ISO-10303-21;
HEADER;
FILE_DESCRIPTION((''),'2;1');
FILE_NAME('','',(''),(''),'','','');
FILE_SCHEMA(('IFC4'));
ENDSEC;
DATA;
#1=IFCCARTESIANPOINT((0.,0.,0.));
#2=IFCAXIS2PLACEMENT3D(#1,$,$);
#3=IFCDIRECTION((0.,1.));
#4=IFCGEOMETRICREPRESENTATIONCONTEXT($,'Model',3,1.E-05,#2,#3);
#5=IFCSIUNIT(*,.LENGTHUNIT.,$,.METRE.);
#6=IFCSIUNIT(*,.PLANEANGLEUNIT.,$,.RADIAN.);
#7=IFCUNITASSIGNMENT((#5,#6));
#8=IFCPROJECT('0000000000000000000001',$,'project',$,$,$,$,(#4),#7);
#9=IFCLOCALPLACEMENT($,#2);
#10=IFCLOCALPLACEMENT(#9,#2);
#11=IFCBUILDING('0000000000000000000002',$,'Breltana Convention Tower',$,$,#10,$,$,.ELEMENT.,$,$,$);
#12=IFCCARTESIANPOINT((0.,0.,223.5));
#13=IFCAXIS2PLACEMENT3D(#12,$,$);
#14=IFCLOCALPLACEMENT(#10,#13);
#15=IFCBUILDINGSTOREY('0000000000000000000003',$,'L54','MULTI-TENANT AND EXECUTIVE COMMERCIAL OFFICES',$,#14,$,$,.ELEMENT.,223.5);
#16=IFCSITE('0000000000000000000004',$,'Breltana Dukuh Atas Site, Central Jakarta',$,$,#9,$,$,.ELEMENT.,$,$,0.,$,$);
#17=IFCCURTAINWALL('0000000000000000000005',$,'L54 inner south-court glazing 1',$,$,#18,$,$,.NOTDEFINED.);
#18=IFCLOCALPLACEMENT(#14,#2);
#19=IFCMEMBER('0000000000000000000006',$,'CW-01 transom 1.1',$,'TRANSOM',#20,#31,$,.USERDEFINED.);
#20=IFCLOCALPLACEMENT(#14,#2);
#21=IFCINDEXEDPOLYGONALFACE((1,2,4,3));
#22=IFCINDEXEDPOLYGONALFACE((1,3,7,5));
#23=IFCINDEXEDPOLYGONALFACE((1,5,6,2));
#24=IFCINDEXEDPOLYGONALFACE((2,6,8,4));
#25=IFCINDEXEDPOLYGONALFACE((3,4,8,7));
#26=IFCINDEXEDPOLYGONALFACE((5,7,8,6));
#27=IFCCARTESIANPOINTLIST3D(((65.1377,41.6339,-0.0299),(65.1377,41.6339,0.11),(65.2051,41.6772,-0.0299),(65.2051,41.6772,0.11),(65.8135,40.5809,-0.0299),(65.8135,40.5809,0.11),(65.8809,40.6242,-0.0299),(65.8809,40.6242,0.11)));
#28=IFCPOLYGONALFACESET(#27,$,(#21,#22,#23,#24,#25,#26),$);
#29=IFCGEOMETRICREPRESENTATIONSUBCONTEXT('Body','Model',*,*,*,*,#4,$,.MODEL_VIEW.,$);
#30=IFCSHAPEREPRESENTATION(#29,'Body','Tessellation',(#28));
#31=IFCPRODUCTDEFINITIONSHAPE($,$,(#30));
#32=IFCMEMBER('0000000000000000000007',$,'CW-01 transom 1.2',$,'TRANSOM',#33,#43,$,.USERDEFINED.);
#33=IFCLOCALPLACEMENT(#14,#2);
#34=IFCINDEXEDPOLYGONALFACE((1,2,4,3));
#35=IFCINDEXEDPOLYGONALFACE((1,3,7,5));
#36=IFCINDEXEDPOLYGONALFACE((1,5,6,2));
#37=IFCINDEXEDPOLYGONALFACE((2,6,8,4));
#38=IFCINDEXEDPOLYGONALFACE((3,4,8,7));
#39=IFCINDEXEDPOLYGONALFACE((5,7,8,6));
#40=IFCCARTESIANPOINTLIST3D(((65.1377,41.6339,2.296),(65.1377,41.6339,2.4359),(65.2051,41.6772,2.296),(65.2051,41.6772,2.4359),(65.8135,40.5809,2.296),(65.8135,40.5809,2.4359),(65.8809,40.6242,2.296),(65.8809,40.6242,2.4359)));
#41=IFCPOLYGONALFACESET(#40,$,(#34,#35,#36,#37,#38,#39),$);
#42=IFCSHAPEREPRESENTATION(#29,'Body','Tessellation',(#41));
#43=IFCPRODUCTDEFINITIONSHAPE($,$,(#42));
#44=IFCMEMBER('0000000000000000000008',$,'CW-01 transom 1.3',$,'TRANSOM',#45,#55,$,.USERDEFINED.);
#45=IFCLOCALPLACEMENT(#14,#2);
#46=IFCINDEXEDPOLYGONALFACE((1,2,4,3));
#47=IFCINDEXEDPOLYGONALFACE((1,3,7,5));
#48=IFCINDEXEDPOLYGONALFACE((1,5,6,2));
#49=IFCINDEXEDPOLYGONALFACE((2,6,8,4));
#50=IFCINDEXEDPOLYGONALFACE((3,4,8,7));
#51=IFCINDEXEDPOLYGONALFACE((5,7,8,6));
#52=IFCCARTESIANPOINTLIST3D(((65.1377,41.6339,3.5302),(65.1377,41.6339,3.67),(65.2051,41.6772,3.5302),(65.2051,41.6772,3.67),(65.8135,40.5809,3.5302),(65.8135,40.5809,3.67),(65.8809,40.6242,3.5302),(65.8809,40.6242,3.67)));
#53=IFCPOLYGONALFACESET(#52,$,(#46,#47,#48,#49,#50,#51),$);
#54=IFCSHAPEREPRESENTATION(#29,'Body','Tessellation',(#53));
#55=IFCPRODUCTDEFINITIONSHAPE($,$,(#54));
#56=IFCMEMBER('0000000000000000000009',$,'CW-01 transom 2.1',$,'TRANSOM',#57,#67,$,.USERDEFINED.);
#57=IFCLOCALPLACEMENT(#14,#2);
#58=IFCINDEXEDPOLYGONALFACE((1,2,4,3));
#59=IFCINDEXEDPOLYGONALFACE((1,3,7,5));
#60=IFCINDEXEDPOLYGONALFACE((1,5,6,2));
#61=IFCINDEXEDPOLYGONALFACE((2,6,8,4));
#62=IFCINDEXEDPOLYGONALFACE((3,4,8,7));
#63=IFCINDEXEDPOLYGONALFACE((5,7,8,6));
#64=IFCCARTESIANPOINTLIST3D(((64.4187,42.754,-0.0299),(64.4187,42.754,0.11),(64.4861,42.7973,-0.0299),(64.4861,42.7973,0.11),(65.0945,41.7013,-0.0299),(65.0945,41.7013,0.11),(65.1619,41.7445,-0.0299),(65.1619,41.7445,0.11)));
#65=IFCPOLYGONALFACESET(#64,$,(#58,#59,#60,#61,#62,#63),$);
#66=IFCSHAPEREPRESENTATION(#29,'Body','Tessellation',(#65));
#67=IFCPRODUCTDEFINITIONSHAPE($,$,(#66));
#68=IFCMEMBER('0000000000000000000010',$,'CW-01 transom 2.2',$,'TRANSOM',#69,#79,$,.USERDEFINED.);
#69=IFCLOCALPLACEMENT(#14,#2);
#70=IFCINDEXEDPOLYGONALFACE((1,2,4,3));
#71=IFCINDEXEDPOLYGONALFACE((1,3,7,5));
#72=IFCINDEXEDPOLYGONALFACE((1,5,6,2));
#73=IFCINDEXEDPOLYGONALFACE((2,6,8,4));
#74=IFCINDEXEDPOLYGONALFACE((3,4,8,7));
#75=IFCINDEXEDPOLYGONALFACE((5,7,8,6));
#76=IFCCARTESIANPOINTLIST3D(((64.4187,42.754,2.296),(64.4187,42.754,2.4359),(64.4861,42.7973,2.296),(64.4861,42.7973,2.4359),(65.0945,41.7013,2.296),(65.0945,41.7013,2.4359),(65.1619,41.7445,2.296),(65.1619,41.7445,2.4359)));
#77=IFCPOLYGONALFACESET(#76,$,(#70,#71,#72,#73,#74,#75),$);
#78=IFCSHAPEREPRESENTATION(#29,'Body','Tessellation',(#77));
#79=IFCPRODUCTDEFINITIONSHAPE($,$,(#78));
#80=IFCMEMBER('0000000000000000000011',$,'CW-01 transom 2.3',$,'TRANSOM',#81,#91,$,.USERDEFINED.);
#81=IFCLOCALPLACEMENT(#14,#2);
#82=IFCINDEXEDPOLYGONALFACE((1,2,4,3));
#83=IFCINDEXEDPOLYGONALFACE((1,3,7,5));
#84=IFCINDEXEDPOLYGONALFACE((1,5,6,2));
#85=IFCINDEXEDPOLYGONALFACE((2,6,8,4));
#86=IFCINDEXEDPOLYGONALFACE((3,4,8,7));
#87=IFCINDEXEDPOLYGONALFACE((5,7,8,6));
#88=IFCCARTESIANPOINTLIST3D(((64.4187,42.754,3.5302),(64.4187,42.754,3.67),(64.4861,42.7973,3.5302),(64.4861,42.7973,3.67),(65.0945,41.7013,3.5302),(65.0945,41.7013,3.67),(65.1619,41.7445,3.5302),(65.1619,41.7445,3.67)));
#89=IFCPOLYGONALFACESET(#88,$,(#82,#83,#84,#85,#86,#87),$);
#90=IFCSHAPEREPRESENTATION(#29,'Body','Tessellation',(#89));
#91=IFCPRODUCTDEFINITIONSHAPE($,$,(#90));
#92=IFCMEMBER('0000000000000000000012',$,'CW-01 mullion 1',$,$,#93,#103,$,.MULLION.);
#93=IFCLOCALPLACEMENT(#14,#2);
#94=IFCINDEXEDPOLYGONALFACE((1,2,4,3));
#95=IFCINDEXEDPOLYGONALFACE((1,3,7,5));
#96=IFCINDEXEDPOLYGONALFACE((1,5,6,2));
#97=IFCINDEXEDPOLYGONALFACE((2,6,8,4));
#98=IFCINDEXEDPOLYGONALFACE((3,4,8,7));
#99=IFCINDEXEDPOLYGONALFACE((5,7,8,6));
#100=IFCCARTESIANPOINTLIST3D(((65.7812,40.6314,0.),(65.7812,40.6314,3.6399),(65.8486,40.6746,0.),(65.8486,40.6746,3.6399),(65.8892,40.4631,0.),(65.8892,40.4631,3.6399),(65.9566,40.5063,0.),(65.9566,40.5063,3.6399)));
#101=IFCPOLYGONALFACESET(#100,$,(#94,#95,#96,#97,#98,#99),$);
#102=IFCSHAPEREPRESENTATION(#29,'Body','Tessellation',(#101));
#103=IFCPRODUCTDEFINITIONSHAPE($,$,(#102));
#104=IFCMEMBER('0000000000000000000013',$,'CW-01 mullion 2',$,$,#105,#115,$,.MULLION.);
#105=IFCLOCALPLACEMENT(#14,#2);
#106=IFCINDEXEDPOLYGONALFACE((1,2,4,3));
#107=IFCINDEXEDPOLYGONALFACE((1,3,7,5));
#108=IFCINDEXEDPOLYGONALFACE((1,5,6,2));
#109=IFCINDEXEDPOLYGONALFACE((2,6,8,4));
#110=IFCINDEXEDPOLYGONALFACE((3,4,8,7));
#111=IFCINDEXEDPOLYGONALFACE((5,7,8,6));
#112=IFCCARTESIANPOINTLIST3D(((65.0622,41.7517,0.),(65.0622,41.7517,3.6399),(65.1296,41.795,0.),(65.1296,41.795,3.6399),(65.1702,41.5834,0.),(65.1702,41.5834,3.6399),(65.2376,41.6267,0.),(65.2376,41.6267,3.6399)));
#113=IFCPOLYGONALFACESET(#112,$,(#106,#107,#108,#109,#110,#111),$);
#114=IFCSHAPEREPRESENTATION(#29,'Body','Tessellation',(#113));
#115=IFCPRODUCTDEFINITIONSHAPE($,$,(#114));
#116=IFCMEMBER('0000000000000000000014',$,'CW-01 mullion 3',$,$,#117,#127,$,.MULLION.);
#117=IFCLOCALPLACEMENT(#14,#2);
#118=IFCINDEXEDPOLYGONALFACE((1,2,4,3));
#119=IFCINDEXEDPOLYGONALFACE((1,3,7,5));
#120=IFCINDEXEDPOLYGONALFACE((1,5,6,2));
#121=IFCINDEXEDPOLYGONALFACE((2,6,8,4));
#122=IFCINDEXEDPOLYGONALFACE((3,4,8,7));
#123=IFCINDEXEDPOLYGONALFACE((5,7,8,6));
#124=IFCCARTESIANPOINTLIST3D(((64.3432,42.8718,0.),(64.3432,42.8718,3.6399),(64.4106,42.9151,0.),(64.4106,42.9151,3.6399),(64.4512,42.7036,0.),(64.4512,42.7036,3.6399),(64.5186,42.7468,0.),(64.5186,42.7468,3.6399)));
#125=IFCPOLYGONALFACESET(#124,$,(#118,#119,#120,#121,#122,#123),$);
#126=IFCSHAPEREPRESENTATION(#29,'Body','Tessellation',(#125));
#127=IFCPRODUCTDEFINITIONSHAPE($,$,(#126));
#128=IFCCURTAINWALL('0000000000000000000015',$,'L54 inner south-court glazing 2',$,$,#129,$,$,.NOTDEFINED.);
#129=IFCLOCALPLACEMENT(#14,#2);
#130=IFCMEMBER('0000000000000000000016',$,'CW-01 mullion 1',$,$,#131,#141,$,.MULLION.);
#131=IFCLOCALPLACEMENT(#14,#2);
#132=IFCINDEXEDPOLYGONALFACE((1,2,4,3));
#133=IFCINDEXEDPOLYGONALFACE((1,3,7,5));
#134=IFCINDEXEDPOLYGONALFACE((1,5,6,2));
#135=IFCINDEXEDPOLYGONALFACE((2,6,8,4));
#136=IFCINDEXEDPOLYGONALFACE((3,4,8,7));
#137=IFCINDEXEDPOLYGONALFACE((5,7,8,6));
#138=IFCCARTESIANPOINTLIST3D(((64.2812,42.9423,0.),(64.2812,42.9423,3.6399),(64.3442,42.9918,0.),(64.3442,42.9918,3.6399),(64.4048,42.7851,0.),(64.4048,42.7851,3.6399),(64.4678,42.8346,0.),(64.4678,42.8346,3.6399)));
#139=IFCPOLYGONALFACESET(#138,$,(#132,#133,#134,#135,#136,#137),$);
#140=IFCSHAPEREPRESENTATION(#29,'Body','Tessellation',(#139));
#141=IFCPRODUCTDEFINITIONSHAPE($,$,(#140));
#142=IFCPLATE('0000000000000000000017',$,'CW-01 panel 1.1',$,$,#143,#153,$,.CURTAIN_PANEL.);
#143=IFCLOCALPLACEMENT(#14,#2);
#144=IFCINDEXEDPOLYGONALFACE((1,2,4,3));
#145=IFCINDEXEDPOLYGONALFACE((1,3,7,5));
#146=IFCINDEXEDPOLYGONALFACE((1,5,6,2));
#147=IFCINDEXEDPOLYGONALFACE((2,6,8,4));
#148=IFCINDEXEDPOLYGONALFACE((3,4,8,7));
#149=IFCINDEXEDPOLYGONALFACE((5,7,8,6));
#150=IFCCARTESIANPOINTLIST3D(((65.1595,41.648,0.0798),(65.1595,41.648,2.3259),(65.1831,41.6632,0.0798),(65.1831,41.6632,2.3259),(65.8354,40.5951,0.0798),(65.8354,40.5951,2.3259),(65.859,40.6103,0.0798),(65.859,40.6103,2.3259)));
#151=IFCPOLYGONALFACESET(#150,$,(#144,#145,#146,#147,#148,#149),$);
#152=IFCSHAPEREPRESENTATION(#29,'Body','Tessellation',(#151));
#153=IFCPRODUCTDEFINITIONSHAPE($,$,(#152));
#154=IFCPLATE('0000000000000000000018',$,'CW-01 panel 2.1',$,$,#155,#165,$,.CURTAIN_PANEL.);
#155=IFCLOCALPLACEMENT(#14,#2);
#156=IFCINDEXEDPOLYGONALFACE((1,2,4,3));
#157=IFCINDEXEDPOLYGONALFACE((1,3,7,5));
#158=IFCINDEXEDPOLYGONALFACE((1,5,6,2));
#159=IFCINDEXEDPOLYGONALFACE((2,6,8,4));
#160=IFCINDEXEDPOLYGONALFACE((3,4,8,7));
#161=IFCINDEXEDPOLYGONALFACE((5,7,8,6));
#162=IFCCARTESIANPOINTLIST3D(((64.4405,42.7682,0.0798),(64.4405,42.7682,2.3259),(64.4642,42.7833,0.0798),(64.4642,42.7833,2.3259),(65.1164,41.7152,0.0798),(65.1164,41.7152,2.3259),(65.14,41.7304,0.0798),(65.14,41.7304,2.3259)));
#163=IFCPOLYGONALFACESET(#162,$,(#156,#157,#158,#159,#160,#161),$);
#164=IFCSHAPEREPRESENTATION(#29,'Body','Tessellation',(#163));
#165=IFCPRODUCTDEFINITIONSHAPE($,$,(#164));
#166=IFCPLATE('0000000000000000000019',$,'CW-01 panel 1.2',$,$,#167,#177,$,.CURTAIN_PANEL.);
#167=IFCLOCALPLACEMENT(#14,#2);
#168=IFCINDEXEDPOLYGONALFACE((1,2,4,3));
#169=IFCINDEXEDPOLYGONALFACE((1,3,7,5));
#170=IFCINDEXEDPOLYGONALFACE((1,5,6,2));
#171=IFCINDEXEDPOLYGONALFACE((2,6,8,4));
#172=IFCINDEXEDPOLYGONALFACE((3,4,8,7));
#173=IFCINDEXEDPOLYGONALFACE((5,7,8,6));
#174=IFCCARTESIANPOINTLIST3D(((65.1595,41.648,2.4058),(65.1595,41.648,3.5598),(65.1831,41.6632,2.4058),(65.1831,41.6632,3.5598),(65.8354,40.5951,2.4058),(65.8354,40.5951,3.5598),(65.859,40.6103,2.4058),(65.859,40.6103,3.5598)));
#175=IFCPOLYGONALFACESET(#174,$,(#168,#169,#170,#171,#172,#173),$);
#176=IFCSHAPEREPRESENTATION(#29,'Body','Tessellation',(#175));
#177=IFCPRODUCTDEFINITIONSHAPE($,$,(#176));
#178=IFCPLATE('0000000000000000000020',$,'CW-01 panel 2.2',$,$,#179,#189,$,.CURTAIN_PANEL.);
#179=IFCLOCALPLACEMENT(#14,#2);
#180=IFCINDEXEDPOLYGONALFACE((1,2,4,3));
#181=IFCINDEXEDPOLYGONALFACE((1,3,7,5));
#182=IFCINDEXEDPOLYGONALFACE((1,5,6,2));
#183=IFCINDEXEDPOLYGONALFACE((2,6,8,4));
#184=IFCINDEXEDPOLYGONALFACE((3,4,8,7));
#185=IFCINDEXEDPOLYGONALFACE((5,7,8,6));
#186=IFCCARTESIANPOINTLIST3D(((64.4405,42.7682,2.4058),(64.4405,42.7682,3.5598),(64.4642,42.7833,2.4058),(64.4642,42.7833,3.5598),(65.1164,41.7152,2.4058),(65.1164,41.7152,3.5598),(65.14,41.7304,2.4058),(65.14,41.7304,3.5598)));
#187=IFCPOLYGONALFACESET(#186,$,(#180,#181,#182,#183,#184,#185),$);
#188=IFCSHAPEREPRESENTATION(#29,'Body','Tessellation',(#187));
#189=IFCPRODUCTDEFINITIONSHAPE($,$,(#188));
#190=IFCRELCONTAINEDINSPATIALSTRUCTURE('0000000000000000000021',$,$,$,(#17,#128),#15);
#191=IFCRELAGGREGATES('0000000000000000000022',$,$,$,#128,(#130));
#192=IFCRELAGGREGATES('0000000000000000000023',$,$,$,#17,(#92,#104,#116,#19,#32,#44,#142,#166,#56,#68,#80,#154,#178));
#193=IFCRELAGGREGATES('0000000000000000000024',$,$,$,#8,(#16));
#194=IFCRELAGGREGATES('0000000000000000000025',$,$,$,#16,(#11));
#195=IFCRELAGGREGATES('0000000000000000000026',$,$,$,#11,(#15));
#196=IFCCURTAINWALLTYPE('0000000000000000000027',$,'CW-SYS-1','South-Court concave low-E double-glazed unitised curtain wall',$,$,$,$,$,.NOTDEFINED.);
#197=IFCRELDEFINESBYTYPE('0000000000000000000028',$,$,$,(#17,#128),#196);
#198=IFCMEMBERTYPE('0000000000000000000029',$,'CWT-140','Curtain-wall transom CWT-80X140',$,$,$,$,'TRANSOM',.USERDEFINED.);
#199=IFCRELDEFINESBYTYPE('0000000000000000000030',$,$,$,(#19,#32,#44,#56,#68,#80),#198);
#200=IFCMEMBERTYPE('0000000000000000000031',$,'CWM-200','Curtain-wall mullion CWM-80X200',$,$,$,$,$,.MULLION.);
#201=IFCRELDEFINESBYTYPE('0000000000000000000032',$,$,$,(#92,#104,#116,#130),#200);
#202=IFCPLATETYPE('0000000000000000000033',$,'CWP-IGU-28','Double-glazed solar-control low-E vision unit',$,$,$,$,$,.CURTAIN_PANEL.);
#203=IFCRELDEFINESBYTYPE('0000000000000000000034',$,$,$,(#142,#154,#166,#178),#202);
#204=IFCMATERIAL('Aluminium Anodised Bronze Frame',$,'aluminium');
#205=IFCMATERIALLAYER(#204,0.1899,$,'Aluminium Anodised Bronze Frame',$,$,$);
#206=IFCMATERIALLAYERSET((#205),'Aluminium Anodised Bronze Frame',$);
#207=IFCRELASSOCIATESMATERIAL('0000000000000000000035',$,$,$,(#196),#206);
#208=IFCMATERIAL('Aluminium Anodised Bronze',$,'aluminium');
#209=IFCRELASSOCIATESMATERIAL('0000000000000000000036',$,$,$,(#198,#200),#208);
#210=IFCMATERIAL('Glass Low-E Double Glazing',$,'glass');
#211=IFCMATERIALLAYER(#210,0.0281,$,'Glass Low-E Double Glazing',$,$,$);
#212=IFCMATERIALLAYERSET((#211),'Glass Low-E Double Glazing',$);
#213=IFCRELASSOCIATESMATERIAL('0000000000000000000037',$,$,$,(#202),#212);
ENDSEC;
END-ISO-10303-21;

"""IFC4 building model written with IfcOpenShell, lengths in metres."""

from ifc_helpers import new_model, si_unit, direction, frame, origin, origin_2d, place, context, subcontext, project, spatial, rectangle, extrude, source, transform, mapped, material, layer, layer_set, material_profile, profile_set, type_object, element, aggregate, save


model = new_model("IFC4")

# Units and contexts
model_context = context("Model", 3, precision=1e-05, world=origin(), true_north=direction((0.0, 1.0)))
body_context = subcontext(model_context, "Body", "Model", "MODEL_VIEW")
ifc_project = project(units=[si_unit("LENGTHUNIT", "METRE"), si_unit("PLANEANGLEUNIT", "RADIAN")], contexts=[model_context])

# Site, building, storey
site_placement = place(None, origin())
site = spatial("IfcSite", under=ifc_project, at=site_placement, Name="Breltana Dukuh Atas Site, Central Jakarta", CompositionType="ELEMENT", RefElevation=0.0)
building_placement = place(site_placement, origin())
building = spatial("IfcBuilding", under=site, at=building_placement, Name="Breltana Convention Tower", CompositionType="ELEMENT")
storey_placement = place(building_placement, frame((0.0, 0.0, 223.5)))
storey = spatial("IfcBuildingStorey", under=building, at=storey_placement, Name="L54", Description="MULTI-TENANT AND EXECUTIVE COMMERCIAL OFFICES", CompositionType="ELEMENT", Elevation=223.5)

# Curtain wall, members
ifc_material_1 = material(Name="Aluminium Anodised Bronze Frame", Category="aluminium")
ifc_layer_1 = layer(ifc_material_1, 0.1899, Name="Aluminium Anodised Bronze Frame")
ifc_layer_set_1 = layer_set([ifc_layer_1], Name="Aluminium Anodised Bronze Frame")
curtain_wall_type = type_object("IfcCurtainWallType", Name="CW-SYS-1", Description="South-Court concave low-E double-glazed unitised curtain wall", PredefinedType="NOTDEFINED", material=ifc_layer_set_1)
curtain_wall_1_placement = place(storey_placement, origin())
curtain_wall_1 = element("IfcCurtainWall", 1, at=curtain_wall_1_placement, inside=storey, type_object=curtain_wall_type, Name="L54 inner south-court glazing 1", PredefinedType="NOTDEFINED")
ifc_material_2 = material(Name="Aluminium Anodised Bronze", Category="aluminium")
ifc_material_profile_1 = material_profile(ifc_material_2, rectangle(XDim=0.0801, YDim=0.1399, at=origin_2d()), Name="CWT-80X140")
ifc_profile_set_1 = profile_set([ifc_material_profile_1], Name="Aluminium Anodised Bronze")
member_type_1 = type_object("IfcMemberType", Name="CWT-140", Description="Curtain-wall transom CWT-80X140", ElementType="TRANSOM", PredefinedType="USERDEFINED", material=ifc_profile_set_1)
shared_shape_1 = source(origin(), body_context, "Body", "SweptSolid", [
    extrude(rectangle(XDim=0.0801, YDim=0.1399, at=origin_2d()), origin(), (0.0, 0.0, 1.0), 1.2512),
])
member_1_placement = place(storey_placement, frame((65.8472, 40.6025, 0.04), z_axis=(-0.540116, 0.84159, 0.0), x_axis=(-0.84159, -0.540116, 0.0)))
member_1 = element("IfcMember", 2, at=member_1_placement, type_object=member_type_1, Name="CW-01 transom 1.1", ObjectType="TRANSOM", PredefinedType="USERDEFINED", context=body_context, shape_type="MappedRepresentation", body=[
    mapped(shared_shape_1, transform((0.0, 0.0, 0.0), scale=1.0)),
])
member_2_placement = place(storey_placement, frame((65.8472, 40.6025, 2.366), z_axis=(-0.540116, 0.84159, 0.0), x_axis=(-0.84159, -0.540116, 0.0)))
member_2 = element("IfcMember", 3, at=member_2_placement, type_object=member_type_1, Name="CW-01 transom 1.2", ObjectType="TRANSOM", PredefinedType="USERDEFINED", context=body_context, shape_type="MappedRepresentation", body=[
    mapped(shared_shape_1, transform((0.0, 0.0, 0.0), scale=1.0)),
])
member_3_placement = place(storey_placement, frame((65.8472, 40.6025, 3.6001), z_axis=(-0.540116, 0.84159, 0.0), x_axis=(-0.84159, -0.540116, 0.0)))
member_3 = element("IfcMember", 4, at=member_3_placement, type_object=member_type_1, Name="CW-01 transom 1.3", ObjectType="TRANSOM", PredefinedType="USERDEFINED", context=body_context, shape_type="MappedRepresentation", body=[
    mapped(shared_shape_1, transform((0.0, 0.0, 0.0), scale=1.0)),
])
shared_shape_2 = source(origin(), body_context, "Body", "SweptSolid", [
    extrude(rectangle(XDim=0.0801, YDim=0.1399, at=origin_2d()), origin(), (0.0, 0.0, 1.0), 1.251),
])
member_4_placement = place(storey_placement, frame((65.1282, 41.7229, 0.04), z_axis=(-0.540205, 0.841533, 0.0), x_axis=(-0.841533, -0.540205, 0.0)))
member_4 = element("IfcMember", 5, at=member_4_placement, type_object=member_type_1, Name="CW-01 transom 2.1", ObjectType="TRANSOM", PredefinedType="USERDEFINED", context=body_context, shape_type="MappedRepresentation", body=[
    mapped(shared_shape_2, transform((0.0, 0.0, 0.0), scale=1.0)),
])
member_5_placement = place(storey_placement, frame((65.1282, 41.7229, 2.366), z_axis=(-0.540205, 0.841533, 0.0), x_axis=(-0.841533, -0.540205, 0.0)))
member_5 = element("IfcMember", 6, at=member_5_placement, type_object=member_type_1, Name="CW-01 transom 2.2", ObjectType="TRANSOM", PredefinedType="USERDEFINED", context=body_context, shape_type="MappedRepresentation", body=[
    mapped(shared_shape_2, transform((0.0, 0.0, 0.0), scale=1.0)),
])
member_6_placement = place(storey_placement, frame((65.1282, 41.7229, 3.6001), z_axis=(-0.540205, 0.841533, 0.0), x_axis=(-0.841533, -0.540205, 0.0)))
member_6 = element("IfcMember", 7, at=member_6_placement, type_object=member_type_1, Name="CW-01 transom 2.3", ObjectType="TRANSOM", PredefinedType="USERDEFINED", context=body_context, shape_type="MappedRepresentation", body=[
    mapped(shared_shape_2, transform((0.0, 0.0, 0.0), scale=1.0)),
])
ifc_material_profile_2 = material_profile(ifc_material_2, rectangle(XDim=0.0801, YDim=0.2, at=origin_2d()), Name="CWM-80X200")
ifc_profile_set_2 = profile_set([ifc_material_profile_2], Name="Aluminium Anodised Bronze")
member_type_2 = type_object("IfcMemberType", Name="CWM-200", Description="Curtain-wall mullion CWM-80X200", PredefinedType="MULLION", material=ifc_profile_set_2)
shared_shape_3 = source(origin(), body_context, "Body", "SweptSolid", [
    extrude(rectangle(XDim=0.0801, YDim=0.2, at=origin_2d()), origin(), (0.0, 0.0, 1.0), 3.6399),
])
member_7_placement = place(storey_placement, frame((65.8689, 40.5688, 0.0), z_axis=(0.0, 0.0, 1.0), x_axis=(-0.841547, -0.540184, 0.0)))
member_7 = element("IfcMember", 8, at=member_7_placement, type_object=member_type_2, Name="CW-01 mullion 1", PredefinedType="MULLION", context=body_context, shape_type="MappedRepresentation", body=[
    mapped(shared_shape_3, transform((0.0, 0.0, 0.0), scale=1.0)),
])
member_8_placement = place(storey_placement, frame((65.1499, 41.6892, 0.0), z_axis=(0.0, 0.0, 1.0), x_axis=(-0.841547, -0.540184, 0.0)))
member_8 = element("IfcMember", 9, at=member_8_placement, type_object=member_type_2, Name="CW-01 mullion 2", PredefinedType="MULLION", context=body_context, shape_type="MappedRepresentation", body=[
    mapped(shared_shape_3, transform((0.0, 0.0, 0.0), scale=1.0)),
])
member_9_placement = place(storey_placement, frame((64.4309, 42.8093, 0.0), z_axis=(0.0, 0.0, 1.0), x_axis=(-0.841547, -0.540184, 0.0)))
member_9 = element("IfcMember", 10, at=member_9_placement, type_object=member_type_2, Name="CW-01 mullion 3", PredefinedType="MULLION", context=body_context, shape_type="MappedRepresentation", body=[
    mapped(shared_shape_3, transform((0.0, 0.0, 0.0), scale=1.0)),
])

# Curtain wall, member
curtain_wall_2_placement = place(storey_placement, origin())
curtain_wall_2 = element("IfcCurtainWall", 11, at=curtain_wall_2_placement, inside=storey, type_object=curtain_wall_type, Name="L54 inner south-court glazing 2", PredefinedType="NOTDEFINED")
member_10_placement = place(storey_placement, frame((64.3745, 42.8884, 0.0), z_axis=(0.0, 0.0, 1.0), x_axis=(-0.786061, -0.61815, 0.0)))
member_10 = element("IfcMember", 12, at=member_10_placement, type_object=member_type_2, Name="CW-01 mullion 1", PredefinedType="MULLION", context=body_context, shape_type="MappedRepresentation", body=[
    mapped(shared_shape_3, transform((0.0, 0.0, 0.0), scale=1.0)),
])
aggregate(curtain_wall_2, [member_10])

# Plates
ifc_material_3 = material(Name="Glass Low-E Double Glazing", Category="glass")
ifc_layer_2 = layer(ifc_material_3, 0.0281, Name="Glass Low-E Double Glazing")
ifc_layer_set_2 = layer_set([ifc_layer_2], Name="Glass Low-E Double Glazing")
plate_type = type_object("IfcPlateType", Name="CWP-IGU-28", Description="Double-glazed solar-control low-E vision unit", PredefinedType="CURTAIN_PANEL", material=ifc_layer_set_2)
shared_shape_4 = source(origin(), body_context, "Body", "SweptSolid", [
    extrude(rectangle(XDim=1.2512, YDim=0.0281, at=origin_2d()), origin(), (0.0, 0.0, 1.0), 2.2461),
])
plate_1_placement = place(storey_placement, frame((65.5093, 41.1292, 0.0798), z_axis=(0.0, 0.0, 1.0), x_axis=(-0.540184, 0.841547, 0.0)))
plate_1 = element("IfcPlate", 13, at=plate_1_placement, type_object=plate_type, Name="CW-01 panel 1.1", PredefinedType="CURTAIN_PANEL", context=body_context, shape_type="MappedRepresentation", body=[
    mapped(shared_shape_4, transform((0.0, 0.0, 0.0), scale=1.0)),
])
plate_2_placement = place(storey_placement, frame((64.7903, 42.2493, 0.0798), z_axis=(0.0, 0.0, 1.0), x_axis=(-0.540184, 0.841547, 0.0)))
plate_2 = element("IfcPlate", 14, at=plate_2_placement, type_object=plate_type, Name="CW-01 panel 2.1", PredefinedType="CURTAIN_PANEL", context=body_context, shape_type="MappedRepresentation", body=[
    mapped(shared_shape_4, transform((0.0, 0.0, 0.0), scale=1.0)),
])
shared_shape_5 = source(origin(), body_context, "Body", "SweptSolid", [
    extrude(rectangle(XDim=1.2512, YDim=0.0281, at=origin_2d()), origin(), (0.0, 0.0, 1.0), 1.1541),
])
plate_3_placement = place(storey_placement, frame((65.5093, 41.1292, 2.4058), z_axis=(0.0, 0.0, 1.0), x_axis=(-0.540184, 0.841547, 0.0)))
plate_3 = element("IfcPlate", 15, at=plate_3_placement, type_object=plate_type, Name="CW-01 panel 1.2", PredefinedType="CURTAIN_PANEL", context=body_context, shape_type="MappedRepresentation", body=[
    mapped(shared_shape_5, transform((0.0, 0.0, 0.0), scale=1.0)),
])
plate_4_placement = place(storey_placement, frame((64.7903, 42.2493, 2.4058), z_axis=(0.0, 0.0, 1.0), x_axis=(-0.540184, 0.841547, 0.0)))
plate_4 = element("IfcPlate", 16, at=plate_4_placement, type_object=plate_type, Name="CW-01 panel 2.2", PredefinedType="CURTAIN_PANEL", context=body_context, shape_type="MappedRepresentation", body=[
    mapped(shared_shape_5, transform((0.0, 0.0, 0.0), scale=1.0)),
])
aggregate(curtain_wall_1, [member_7, member_8, member_9, member_1, member_2, member_3, plate_1, plate_3, member_4, member_5, member_6, plate_2, plate_4])

save(model, "model.ifc")
